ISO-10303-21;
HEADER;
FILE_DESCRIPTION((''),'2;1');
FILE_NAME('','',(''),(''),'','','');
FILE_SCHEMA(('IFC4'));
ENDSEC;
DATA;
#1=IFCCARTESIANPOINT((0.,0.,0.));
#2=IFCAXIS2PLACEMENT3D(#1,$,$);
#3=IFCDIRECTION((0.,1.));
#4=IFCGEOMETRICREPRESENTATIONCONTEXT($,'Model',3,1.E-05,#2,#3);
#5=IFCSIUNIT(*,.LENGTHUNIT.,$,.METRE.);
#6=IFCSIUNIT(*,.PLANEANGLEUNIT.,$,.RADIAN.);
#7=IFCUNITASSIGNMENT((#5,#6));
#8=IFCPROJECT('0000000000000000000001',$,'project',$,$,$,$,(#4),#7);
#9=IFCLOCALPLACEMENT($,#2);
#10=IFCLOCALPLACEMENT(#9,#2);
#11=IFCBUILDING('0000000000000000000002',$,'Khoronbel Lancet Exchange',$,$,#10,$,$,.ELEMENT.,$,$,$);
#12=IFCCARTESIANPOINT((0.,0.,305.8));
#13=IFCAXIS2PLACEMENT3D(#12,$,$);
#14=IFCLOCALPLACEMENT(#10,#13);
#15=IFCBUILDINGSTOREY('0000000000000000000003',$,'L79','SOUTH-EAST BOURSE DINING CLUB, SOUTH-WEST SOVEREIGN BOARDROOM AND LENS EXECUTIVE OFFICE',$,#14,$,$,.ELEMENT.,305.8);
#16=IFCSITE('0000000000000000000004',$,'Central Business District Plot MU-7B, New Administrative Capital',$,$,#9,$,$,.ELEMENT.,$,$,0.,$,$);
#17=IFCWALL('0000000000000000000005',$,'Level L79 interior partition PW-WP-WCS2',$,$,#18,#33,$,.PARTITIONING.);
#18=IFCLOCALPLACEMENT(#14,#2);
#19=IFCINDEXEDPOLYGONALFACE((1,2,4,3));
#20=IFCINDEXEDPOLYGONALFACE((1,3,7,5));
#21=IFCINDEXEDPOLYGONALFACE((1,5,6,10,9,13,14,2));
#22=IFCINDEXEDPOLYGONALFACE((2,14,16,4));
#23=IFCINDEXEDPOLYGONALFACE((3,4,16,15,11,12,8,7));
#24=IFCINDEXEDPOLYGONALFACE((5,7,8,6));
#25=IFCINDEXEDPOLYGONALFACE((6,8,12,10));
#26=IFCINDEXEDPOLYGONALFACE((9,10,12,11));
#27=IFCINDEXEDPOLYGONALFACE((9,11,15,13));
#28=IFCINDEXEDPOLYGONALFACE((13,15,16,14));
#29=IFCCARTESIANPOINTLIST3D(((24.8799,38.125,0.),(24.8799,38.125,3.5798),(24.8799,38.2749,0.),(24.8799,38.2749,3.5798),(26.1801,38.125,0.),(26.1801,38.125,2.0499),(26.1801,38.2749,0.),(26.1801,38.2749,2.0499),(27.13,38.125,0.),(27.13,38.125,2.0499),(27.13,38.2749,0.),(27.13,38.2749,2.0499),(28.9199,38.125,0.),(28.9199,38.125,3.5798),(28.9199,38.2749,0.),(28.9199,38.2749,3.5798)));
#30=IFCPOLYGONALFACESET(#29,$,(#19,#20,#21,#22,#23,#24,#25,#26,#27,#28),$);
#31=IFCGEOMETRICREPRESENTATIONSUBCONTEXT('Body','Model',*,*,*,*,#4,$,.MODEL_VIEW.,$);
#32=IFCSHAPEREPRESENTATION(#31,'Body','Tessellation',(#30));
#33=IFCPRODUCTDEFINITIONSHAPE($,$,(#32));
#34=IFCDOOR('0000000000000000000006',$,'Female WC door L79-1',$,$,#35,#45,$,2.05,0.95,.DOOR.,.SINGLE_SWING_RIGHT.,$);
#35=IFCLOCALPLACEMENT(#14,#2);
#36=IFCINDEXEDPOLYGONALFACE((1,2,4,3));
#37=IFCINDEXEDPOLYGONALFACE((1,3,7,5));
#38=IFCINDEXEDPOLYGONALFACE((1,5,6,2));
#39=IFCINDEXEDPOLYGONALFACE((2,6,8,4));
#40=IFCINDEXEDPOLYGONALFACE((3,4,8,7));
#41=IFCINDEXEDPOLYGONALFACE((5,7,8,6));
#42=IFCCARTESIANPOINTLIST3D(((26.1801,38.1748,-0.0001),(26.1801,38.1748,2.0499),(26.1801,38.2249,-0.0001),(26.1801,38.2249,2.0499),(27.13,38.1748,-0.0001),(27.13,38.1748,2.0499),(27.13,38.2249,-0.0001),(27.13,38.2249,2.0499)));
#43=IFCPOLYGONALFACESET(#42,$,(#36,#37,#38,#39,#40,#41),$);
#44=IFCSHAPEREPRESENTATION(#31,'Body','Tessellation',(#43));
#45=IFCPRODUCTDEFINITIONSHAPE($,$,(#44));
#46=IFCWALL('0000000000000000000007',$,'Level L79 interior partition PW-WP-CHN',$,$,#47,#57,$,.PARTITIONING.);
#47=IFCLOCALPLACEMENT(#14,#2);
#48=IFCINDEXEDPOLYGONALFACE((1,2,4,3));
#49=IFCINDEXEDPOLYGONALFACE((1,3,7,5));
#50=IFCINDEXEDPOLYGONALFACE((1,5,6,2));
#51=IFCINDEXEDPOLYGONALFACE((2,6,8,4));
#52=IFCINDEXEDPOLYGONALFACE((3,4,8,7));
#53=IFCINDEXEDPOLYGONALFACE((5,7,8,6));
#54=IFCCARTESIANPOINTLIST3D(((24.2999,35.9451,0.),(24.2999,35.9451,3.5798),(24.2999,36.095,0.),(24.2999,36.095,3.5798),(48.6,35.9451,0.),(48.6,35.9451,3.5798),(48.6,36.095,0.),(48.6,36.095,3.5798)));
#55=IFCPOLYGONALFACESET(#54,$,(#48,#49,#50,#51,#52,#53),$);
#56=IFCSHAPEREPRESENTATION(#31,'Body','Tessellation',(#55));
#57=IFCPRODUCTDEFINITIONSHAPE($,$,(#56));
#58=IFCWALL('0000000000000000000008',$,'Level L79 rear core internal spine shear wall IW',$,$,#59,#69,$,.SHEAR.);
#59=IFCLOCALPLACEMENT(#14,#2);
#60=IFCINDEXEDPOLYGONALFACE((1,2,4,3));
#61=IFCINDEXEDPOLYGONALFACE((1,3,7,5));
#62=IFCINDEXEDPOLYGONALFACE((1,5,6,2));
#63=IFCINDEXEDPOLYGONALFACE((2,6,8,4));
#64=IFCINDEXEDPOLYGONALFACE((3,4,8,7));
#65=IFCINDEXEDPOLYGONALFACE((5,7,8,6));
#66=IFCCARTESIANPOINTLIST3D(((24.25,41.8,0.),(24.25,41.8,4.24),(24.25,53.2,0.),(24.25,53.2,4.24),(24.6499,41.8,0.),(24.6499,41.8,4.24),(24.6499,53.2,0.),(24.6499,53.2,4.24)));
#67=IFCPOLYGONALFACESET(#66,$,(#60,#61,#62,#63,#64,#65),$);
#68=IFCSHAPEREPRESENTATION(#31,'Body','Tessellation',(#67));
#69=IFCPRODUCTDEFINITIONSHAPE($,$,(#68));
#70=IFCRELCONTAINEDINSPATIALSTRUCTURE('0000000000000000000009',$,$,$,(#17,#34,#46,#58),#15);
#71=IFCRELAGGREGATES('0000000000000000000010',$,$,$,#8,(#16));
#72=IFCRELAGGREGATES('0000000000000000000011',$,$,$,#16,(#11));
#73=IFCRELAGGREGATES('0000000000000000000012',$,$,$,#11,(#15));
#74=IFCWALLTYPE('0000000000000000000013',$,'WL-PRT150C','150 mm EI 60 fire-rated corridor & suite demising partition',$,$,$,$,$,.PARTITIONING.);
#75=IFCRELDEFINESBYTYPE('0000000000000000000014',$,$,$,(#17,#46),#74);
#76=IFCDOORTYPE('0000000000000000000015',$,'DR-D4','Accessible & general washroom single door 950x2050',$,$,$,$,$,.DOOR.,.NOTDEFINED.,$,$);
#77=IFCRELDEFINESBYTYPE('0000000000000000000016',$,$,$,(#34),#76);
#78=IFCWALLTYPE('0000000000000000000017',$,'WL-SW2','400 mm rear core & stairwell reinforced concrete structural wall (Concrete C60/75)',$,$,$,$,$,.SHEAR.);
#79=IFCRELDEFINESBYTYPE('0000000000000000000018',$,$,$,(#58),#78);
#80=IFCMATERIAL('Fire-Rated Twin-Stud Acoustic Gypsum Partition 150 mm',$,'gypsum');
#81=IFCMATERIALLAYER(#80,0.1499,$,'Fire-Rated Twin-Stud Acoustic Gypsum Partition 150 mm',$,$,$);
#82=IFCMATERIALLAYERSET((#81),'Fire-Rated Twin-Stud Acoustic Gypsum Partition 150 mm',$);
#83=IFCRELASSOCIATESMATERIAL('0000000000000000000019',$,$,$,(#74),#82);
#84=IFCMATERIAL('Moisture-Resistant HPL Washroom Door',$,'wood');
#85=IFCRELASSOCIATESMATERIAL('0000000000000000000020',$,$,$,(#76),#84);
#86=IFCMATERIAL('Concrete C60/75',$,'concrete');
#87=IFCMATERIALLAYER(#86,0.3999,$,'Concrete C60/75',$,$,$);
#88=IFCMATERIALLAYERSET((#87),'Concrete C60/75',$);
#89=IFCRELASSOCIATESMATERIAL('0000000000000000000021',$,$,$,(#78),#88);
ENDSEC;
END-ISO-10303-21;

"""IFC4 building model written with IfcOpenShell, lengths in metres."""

from ifc_helpers import new_model, si_unit, direction, frame, frame_2d, origin, place, context, subcontext, project, spatial, rectangle, extrude, material, layer, layer_set, type_object, element, fill, save


model = new_model("IFC4")

# Units and contexts
model_context = context("Model", 3, precision=1e-05, world=origin(), true_north=direction((0.0, 1.0)))
body_context = subcontext(model_context, "Body", "Model", "MODEL_VIEW")
ifc_project = project(units=[si_unit("LENGTHUNIT", "METRE"), si_unit("PLANEANGLEUNIT", "RADIAN")], contexts=[model_context])

# Site, building, storey
site_placement = place(None, origin())
site = spatial("IfcSite", under=ifc_project, at=site_placement, Name="Central Business District Plot MU-7B, New Administrative Capital", CompositionType="ELEMENT", RefElevation=0.0)
building_placement = place(site_placement, origin())
building = spatial("IfcBuilding", under=site, at=building_placement, Name="Khoronbel Lancet Exchange", CompositionType="ELEMENT")
storey_placement = place(building_placement, frame((0.0, 0.0, 305.8)))
storey = spatial("IfcBuildingStorey", under=building, at=storey_placement, Name="L79", Description="SOUTH-EAST BOURSE DINING CLUB, SOUTH-WEST SOVEREIGN BOARDROOM AND LENS EXECUTIVE OFFICE", CompositionType="ELEMENT", Elevation=305.8)

# Shared definitions
ifc_material_1 = material(Name="Concrete C60/75", Category="concrete")

# Wall, opening, door
ifc_material_2 = material(Name="Fire-Rated Twin-Stud Acoustic Gypsum Partition 150 mm", Category="gypsum")
ifc_layer_1 = layer(ifc_material_2, 0.1499, Name="Fire-Rated Twin-Stud Acoustic Gypsum Partition 150 mm")
ifc_layer_set_1 = layer_set([ifc_layer_1], Name="Fire-Rated Twin-Stud Acoustic Gypsum Partition 150 mm")
wall_type_1 = type_object("IfcWallType", Name="WL-PRT150C", Description="150 mm EI 60 fire-rated corridor & suite demising partition", PredefinedType="PARTITIONING", material=ifc_layer_set_1)
ifc_material_3 = material(Name="Moisture-Resistant HPL Washroom Door", Category="wood")
door_type_1 = type_object("IfcDoorType", Name="DR-D4", Description="Accessible & general washroom single door 950x2050", OperationType="NOTDEFINED", PredefinedType="DOOR", material=ifc_material_3)
wall_1_placement = place(storey_placement, frame((24.8799, 38.2, 0.0), z_axis=(0.0, 0.0, 1.0), x_axis=(1.0, 0.0, 0.0)))
wall_1 = element("IfcWall", 1, at=wall_1_placement, inside=storey, type_object=wall_type_1, Name="Level L79 interior partition PW-WP-WCS2", PredefinedType="PARTITIONING", context=body_context, shape_type="SweptSolid", body=[
    extrude(rectangle(XDim=4.04, YDim=0.1499, at=frame_2d((2.02, 0.0))), origin(), (0.0, 0.0, 1.0), 3.5798),
])
opening_1_placement = place(wall_1_placement, frame((1.3, 0.0, 0.0)))
opening_1 = element("IfcOpeningElement", 2, at=opening_1_placement, cuts=wall_1, PredefinedType="OPENING", context=body_context, shape_type="SweptSolid", body=[
    extrude(rectangle(XDim=0.95, YDim=2.05, at=frame_2d((0.4751, 1.0249))), frame((0.0, 0.085, 0.0), z_axis=(0.0, -1.0, 0.0), x_axis=(1.0, 0.0, 0.0)), (0.0, 0.0, 1.0), 0.1699),
])
door_1_placement = place(opening_1_placement, origin())
door_1 = element("IfcDoor", 3, at=door_1_placement, inside=storey, type_object=door_type_1, Name="Female WC door L79-1", OperationType="SINGLE_SWING_RIGHT", OverallHeight=2.05, OverallWidth=0.95, PredefinedType="DOOR", context=body_context, shape_type="SweptSolid", body=[
    extrude(rectangle(XDim=0.95, YDim=2.05, at=frame_2d((0.4751, 1.0249))), frame((0.0, 0.0249, 0.0), z_axis=(0.0, -1.0, 0.0), x_axis=(1.0, 0.0, 0.0)), (0.0, 0.0, 1.0), 0.05),
])
fill(opening_1, door_1)

# Wall
wall_2_placement = place(storey_placement, frame((24.3, 36.02, 0.0), z_axis=(0.0, 0.0, 1.0), x_axis=(1.0, 0.0, 0.0)))
element("IfcWall", 4, at=wall_2_placement, inside=storey, type_object=wall_type_1, Name="Level L79 interior partition PW-WP-CHN", PredefinedType="PARTITIONING", context=body_context, shape_type="SweptSolid", body=[
    extrude(rectangle(XDim=24.3, YDim=0.1499, at=frame_2d((12.1499, 0.0))), origin(), (0.0, 0.0, 1.0), 3.5798),
])

# Wall
ifc_layer_2 = layer(ifc_material_1, 0.3999, Name="Concrete C60/75")
ifc_layer_set_2 = layer_set([ifc_layer_2], Name="Concrete C60/75")
wall_type_2 = type_object("IfcWallType", Name="WL-SW2", Description="400 mm rear core & stairwell reinforced concrete structural wall (Concrete C60/75)", PredefinedType="SHEAR", material=ifc_layer_set_2)
wall_3_placement = place(storey_placement, frame((24.45, 41.8, 0.0), z_axis=(0.0, 0.0, 1.0), x_axis=(0.0, 1.0, 0.0)))
element("IfcWall", 5, at=wall_3_placement, inside=storey, type_object=wall_type_2, Name="Level L79 rear core internal spine shear wall IW", PredefinedType="SHEAR", context=body_context, shape_type="SweptSolid", body=[
    extrude(rectangle(XDim=11.3999, YDim=0.3999, at=frame_2d((5.7, 0.0))), origin(), (0.0, 0.0, 1.0), 4.24),
])

save(model, "model.ifc")
